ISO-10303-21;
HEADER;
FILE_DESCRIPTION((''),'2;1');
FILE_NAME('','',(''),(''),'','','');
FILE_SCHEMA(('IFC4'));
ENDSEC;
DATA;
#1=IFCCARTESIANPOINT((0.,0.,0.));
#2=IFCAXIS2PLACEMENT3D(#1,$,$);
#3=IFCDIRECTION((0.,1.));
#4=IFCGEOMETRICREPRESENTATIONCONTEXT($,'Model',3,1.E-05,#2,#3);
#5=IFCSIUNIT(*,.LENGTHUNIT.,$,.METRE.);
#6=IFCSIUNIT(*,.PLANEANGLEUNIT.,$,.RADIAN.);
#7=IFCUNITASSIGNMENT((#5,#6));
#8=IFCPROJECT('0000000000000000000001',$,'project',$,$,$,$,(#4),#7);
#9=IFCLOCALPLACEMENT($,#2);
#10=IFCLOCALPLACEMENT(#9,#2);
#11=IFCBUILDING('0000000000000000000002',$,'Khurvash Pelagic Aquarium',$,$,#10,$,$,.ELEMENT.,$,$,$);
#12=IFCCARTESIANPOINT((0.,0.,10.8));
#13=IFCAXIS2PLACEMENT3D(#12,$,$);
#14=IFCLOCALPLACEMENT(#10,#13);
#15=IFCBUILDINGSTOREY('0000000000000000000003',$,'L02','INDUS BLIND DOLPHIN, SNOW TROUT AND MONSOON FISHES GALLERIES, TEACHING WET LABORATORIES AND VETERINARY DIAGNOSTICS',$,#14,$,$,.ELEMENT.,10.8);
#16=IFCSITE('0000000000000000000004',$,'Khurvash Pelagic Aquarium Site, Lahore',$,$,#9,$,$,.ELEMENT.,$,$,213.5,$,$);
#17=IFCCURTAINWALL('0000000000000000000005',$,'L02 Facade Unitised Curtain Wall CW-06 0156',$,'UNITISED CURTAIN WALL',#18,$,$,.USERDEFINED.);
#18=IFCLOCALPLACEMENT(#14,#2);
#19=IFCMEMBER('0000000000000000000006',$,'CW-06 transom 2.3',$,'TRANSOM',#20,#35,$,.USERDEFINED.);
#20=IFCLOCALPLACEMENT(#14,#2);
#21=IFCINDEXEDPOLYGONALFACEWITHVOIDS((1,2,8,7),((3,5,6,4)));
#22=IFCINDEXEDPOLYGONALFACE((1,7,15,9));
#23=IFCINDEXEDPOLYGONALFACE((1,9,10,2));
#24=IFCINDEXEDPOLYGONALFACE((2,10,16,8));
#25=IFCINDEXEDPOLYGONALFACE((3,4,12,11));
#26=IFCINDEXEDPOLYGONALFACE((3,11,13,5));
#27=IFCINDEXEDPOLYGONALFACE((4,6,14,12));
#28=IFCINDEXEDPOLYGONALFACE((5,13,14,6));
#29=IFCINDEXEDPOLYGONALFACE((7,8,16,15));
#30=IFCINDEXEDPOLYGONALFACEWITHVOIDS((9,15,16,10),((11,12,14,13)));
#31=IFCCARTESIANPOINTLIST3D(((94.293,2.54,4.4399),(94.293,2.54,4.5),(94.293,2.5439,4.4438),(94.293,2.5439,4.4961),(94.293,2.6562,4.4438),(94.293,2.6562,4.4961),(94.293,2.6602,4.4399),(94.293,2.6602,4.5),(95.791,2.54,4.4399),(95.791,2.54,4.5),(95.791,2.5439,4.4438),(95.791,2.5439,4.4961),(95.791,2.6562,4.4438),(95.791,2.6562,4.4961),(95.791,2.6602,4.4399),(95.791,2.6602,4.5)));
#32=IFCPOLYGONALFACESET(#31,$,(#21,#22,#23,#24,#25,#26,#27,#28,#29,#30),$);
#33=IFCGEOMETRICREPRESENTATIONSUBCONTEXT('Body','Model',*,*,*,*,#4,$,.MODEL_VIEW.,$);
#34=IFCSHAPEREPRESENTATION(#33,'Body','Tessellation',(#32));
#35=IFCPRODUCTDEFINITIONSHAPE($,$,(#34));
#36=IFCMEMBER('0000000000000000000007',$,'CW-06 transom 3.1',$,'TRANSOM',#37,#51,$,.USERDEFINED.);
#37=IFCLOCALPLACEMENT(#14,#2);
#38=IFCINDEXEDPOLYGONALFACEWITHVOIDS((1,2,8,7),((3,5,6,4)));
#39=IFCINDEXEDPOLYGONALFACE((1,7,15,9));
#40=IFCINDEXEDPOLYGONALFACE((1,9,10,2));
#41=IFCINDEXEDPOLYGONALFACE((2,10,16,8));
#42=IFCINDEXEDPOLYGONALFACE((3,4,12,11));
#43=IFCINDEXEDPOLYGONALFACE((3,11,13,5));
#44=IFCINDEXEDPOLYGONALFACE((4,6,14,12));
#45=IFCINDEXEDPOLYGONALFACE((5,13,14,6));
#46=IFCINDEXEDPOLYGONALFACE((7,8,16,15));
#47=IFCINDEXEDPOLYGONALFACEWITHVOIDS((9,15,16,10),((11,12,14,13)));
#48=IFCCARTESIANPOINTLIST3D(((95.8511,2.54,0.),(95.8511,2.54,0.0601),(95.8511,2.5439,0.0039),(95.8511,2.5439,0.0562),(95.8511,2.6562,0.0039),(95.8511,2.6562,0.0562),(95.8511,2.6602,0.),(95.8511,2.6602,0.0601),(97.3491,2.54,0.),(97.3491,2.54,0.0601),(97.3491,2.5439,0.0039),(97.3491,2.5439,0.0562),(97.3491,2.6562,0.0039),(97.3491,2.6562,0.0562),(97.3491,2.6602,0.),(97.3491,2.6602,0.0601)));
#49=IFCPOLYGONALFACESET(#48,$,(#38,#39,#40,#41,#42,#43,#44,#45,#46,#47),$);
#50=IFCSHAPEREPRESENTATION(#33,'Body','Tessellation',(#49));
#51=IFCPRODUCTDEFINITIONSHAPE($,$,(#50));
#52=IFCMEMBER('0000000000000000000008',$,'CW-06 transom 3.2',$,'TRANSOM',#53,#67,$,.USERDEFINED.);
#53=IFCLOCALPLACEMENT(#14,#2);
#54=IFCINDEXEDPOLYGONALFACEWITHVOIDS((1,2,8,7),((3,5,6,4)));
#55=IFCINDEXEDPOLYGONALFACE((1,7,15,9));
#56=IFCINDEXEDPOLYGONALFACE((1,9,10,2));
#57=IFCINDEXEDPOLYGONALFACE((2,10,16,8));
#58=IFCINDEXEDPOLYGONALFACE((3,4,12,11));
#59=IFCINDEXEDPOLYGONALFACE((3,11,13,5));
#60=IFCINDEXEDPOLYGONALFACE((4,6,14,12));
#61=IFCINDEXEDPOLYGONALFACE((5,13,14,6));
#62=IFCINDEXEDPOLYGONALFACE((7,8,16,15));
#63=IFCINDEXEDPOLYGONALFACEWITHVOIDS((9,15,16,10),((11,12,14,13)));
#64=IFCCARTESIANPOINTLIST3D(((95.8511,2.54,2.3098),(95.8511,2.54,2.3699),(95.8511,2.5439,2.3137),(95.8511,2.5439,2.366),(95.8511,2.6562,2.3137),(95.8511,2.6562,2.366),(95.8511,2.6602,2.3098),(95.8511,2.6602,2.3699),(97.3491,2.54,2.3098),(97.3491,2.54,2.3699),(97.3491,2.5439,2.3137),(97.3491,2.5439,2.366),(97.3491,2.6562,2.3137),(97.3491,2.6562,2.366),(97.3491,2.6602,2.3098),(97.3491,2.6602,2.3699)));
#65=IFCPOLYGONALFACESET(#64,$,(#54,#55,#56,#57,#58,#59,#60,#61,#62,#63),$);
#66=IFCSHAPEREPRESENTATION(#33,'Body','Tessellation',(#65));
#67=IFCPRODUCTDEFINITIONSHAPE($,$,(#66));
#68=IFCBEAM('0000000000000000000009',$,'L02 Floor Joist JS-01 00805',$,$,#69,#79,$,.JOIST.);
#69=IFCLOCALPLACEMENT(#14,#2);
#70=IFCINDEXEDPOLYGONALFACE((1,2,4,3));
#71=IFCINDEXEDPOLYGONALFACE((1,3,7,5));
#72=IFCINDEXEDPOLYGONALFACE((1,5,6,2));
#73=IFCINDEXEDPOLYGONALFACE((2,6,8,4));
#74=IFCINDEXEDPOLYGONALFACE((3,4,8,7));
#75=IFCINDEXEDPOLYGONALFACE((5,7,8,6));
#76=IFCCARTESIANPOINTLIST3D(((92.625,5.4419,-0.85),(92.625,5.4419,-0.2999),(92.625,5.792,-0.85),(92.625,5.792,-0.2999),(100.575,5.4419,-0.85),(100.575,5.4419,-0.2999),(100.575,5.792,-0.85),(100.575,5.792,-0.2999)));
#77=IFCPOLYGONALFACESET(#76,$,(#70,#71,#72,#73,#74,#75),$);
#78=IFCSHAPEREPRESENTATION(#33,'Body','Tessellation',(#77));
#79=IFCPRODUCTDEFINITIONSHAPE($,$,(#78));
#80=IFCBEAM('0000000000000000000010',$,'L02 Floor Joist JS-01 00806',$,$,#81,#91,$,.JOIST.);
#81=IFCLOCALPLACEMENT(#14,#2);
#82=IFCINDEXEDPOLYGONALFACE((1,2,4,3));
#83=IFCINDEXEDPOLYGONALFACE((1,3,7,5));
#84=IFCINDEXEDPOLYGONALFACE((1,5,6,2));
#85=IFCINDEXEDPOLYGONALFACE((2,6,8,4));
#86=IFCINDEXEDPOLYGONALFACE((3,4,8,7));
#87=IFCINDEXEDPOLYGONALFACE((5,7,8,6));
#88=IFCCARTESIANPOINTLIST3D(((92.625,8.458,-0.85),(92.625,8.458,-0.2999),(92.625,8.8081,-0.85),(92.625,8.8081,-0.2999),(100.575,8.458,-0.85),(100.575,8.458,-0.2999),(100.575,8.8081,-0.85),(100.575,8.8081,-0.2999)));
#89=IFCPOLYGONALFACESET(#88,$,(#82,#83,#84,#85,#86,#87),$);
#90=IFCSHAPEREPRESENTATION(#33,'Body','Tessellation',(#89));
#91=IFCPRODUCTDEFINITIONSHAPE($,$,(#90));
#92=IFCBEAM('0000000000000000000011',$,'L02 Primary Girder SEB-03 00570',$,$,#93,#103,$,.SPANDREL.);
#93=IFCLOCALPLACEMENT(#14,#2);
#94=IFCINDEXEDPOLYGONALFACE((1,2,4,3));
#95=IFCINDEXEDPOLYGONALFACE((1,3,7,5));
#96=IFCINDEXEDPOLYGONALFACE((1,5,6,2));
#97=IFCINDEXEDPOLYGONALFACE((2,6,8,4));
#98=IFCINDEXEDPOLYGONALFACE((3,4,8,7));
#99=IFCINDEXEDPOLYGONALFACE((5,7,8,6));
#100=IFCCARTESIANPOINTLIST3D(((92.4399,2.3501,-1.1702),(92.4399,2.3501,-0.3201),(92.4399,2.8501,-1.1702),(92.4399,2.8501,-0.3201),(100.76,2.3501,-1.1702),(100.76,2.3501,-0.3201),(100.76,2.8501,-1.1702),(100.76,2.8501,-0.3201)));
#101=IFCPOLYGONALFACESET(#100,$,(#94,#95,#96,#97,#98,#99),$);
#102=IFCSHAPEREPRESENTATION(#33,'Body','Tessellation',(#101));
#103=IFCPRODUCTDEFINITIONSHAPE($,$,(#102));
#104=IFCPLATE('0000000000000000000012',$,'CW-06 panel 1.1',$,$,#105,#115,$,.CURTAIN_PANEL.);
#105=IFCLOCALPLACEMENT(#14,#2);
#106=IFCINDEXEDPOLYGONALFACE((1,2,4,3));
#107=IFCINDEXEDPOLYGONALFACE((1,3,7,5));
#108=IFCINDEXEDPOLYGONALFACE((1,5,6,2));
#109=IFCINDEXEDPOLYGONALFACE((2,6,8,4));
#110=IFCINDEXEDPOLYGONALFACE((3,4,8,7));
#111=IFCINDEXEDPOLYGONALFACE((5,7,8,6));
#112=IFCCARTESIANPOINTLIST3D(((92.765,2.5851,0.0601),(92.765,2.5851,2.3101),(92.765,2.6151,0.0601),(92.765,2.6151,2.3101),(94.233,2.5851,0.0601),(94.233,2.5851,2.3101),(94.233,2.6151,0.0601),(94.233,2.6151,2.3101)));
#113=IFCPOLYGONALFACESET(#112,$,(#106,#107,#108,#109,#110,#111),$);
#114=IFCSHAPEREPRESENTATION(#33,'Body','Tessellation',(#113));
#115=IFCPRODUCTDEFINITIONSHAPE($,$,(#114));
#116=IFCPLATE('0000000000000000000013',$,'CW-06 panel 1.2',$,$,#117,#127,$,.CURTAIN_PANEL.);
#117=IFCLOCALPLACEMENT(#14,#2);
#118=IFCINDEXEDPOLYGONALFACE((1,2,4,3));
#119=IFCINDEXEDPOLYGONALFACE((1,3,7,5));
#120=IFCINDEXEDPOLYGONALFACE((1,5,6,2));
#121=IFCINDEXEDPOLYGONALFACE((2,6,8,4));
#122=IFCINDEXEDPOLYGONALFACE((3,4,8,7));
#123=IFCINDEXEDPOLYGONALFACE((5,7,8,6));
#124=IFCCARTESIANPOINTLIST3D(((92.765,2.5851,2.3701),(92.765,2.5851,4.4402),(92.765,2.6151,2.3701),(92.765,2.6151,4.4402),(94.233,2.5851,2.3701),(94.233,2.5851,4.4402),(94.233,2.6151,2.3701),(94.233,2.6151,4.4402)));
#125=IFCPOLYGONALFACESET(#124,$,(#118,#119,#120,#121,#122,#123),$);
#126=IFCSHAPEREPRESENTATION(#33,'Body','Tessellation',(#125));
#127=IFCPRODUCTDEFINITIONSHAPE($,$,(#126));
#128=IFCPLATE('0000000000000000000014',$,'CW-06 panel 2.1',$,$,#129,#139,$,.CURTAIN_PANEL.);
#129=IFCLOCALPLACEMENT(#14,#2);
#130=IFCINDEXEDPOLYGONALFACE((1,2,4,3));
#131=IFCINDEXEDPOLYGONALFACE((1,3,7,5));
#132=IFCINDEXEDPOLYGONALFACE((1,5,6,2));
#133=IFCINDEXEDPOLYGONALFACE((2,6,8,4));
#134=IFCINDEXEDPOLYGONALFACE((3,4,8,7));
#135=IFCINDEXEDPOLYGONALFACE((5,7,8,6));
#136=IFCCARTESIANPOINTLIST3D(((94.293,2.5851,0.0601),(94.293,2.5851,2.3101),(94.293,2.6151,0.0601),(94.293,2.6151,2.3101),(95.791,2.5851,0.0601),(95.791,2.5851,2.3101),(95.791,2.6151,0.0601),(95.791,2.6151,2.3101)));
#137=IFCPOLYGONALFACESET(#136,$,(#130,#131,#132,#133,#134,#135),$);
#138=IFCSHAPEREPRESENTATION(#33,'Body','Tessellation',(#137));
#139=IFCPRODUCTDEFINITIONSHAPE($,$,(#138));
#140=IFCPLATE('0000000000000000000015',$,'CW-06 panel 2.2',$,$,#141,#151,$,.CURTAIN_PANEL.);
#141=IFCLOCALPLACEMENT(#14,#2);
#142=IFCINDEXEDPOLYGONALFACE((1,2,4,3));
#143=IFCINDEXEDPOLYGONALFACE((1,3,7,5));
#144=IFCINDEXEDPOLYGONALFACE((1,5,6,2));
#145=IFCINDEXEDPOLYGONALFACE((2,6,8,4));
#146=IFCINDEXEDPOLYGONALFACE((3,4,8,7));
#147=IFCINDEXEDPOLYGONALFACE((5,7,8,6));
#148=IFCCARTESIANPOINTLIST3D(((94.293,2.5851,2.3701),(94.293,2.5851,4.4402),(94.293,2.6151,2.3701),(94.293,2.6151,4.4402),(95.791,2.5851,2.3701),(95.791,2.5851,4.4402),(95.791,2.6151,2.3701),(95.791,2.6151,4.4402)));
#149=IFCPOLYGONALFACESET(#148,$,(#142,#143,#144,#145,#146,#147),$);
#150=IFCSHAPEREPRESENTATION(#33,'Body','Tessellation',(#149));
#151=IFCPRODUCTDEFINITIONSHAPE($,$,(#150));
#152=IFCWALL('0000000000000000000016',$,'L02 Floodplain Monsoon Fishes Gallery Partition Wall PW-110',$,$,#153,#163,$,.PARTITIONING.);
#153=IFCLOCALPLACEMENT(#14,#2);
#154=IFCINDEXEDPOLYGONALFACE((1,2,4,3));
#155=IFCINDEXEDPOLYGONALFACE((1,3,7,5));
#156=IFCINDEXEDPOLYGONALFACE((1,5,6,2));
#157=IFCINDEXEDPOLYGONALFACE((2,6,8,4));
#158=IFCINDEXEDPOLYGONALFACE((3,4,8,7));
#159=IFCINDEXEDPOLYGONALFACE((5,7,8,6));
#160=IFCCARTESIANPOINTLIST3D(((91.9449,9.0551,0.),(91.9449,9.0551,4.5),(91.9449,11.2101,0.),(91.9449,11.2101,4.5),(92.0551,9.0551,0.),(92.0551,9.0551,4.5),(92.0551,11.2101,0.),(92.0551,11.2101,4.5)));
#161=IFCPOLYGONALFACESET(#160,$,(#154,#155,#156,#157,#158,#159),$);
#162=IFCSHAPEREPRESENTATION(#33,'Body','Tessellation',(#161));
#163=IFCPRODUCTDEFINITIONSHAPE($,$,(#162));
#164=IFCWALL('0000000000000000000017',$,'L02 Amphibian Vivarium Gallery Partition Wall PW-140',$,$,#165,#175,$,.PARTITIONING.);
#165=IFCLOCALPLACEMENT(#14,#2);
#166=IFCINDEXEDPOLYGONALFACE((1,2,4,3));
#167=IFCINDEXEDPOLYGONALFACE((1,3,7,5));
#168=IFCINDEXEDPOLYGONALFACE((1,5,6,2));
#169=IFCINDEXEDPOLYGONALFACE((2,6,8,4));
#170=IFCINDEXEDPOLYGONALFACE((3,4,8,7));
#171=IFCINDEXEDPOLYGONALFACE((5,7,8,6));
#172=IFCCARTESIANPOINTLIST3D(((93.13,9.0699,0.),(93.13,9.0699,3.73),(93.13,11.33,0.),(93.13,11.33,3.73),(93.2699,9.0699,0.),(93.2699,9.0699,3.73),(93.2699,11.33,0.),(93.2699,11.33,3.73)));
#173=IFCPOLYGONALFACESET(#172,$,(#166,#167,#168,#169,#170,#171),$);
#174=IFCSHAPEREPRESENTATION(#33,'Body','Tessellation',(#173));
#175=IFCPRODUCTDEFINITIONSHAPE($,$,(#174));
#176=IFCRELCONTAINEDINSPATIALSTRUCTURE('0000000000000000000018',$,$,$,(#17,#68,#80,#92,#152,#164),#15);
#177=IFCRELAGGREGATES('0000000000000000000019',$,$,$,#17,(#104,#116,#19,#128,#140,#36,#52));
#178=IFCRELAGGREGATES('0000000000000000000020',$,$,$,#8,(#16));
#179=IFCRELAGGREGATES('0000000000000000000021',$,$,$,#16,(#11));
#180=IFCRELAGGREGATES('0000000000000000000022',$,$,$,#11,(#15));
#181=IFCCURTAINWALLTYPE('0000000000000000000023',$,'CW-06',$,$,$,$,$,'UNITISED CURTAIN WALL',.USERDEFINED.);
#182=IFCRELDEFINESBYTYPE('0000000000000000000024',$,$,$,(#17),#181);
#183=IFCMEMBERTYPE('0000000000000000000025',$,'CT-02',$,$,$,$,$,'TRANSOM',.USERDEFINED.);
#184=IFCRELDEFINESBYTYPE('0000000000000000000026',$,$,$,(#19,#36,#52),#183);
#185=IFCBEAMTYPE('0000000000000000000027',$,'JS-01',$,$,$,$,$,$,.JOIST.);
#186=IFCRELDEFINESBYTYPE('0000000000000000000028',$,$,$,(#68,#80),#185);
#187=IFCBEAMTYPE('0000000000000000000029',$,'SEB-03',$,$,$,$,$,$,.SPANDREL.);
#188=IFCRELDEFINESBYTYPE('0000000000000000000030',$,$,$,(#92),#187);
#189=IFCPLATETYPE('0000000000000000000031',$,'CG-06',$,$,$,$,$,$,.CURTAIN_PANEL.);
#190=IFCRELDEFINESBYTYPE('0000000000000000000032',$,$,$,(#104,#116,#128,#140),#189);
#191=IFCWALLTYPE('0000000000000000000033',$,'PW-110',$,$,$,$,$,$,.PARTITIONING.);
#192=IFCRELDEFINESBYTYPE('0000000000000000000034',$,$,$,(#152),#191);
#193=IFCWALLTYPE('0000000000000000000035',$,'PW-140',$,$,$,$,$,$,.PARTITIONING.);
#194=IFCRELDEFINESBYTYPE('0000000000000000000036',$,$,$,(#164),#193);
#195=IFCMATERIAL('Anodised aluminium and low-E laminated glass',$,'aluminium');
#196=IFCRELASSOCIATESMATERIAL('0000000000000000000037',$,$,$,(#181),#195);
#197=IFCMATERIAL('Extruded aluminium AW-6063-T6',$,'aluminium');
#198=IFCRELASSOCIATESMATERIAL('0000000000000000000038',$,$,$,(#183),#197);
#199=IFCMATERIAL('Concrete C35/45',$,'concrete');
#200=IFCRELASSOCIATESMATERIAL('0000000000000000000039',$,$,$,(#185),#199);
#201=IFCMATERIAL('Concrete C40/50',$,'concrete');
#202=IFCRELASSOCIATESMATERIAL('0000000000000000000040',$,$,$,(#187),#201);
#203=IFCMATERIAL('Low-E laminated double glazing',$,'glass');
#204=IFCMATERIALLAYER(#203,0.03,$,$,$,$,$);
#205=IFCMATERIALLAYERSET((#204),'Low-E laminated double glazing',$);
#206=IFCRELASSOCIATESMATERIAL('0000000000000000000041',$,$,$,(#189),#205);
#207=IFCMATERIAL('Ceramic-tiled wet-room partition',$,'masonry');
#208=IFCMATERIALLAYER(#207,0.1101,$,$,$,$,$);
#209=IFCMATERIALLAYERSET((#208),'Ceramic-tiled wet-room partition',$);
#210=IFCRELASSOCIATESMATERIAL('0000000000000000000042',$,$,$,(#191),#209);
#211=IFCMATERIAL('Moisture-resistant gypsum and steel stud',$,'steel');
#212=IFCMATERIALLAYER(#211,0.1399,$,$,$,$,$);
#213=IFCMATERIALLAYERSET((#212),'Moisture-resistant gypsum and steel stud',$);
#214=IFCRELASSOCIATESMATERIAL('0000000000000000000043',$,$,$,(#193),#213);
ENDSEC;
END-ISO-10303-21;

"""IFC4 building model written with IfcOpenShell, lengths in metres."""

from ifc_helpers import new_model, si_unit, direction, frame, frame_2d, origin, origin_2d, place, context, subcontext, project, spatial, rectangle, hollow_rectangle, extrude, material, layer, layer_set, material_profile, profile_set, type_object, element, aggregate, save


model = new_model("IFC4")

# Units and contexts
model_context = context("Model", 3, precision=1e-05, world=origin(), true_north=direction((0.0, 1.0)))
body_context = subcontext(model_context, "Body", "Model", "MODEL_VIEW")
ifc_project = project(units=[si_unit("LENGTHUNIT", "METRE"), si_unit("PLANEANGLEUNIT", "RADIAN")], contexts=[model_context])

# Site, building, storey
site_placement = place(None, origin())
site = spatial("IfcSite", under=ifc_project, at=site_placement, Name="Khurvash Pelagic Aquarium Site, Lahore", CompositionType="ELEMENT", RefElevation=213.5)
building_placement = place(site_placement, origin())
building = spatial("IfcBuilding", under=site, at=building_placement, Name="Khurvash Pelagic Aquarium", CompositionType="ELEMENT")
storey_placement = place(building_placement, frame((0.0, 0.0, 10.8)))
storey = spatial("IfcBuildingStorey", under=building, at=storey_placement, Name="L02", Description="INDUS BLIND DOLPHIN, SNOW TROUT AND MONSOON FISHES GALLERIES, TEACHING WET LABORATORIES AND VETERINARY DIAGNOSTICS", CompositionType="ELEMENT", Elevation=10.8)

# Shared definitions
ifc_material_1 = material(Name="Concrete C40/50", Category="concrete")

# Shared definitions
ifc_material_2 = material(Name="Concrete C35/45", Category="concrete")

# Shared definitions
ifc_material_3 = material(Name="Anodised aluminium and low-E laminated glass", Category="aluminium")
curtain_wall_type = type_object("IfcCurtainWallType", Name="CW-06", ElementType="UNITISED CURTAIN WALL", PredefinedType="USERDEFINED", material=ifc_material_3)
ifc_material_4 = material(Name="Extruded aluminium AW-6063-T6", Category="aluminium")

# Curtain wall, members
curtain_wall_1_placement = place(storey_placement, origin())
curtain_wall_1 = element("IfcCurtainWall", 1, at=curtain_wall_1_placement, inside=storey, type_object=curtain_wall_type, Name="L02 Facade Unitised Curtain Wall CW-06 0156", ObjectType="UNITISED CURTAIN WALL", PredefinedType="USERDEFINED")
ifc_material_profile_1 = material_profile(ifc_material_4, hollow_rectangle(XDim=0.1201, YDim=0.0601, WallThickness=0.0039, at=origin_2d()), Name="CWT120X60X4")
ifc_profile_set_1 = profile_set([ifc_material_profile_1], Name="Extruded aluminium AW-6063-T6")
member_type_1 = type_object("IfcMemberType", Name="CT-02", ElementType="TRANSOM", PredefinedType="USERDEFINED", material=ifc_profile_set_1)
member_1_placement = place(storey_placement, frame((94.293, 2.6001, 4.47), z_axis=(1.0, 0.0, 0.0), x_axis=(0.0, 1.0, 0.0)))
member_1 = element("IfcMember", 2, at=member_1_placement, type_object=member_type_1, Name="CW-06 transom 2.3", ObjectType="TRANSOM", PredefinedType="USERDEFINED", context=body_context, shape_type="SweptSolid", body=[
    extrude(hollow_rectangle(XDim=0.1201, YDim=0.0601, WallThickness=0.0039, at=origin_2d()), origin(), (0.0, 0.0, 1.0), 1.498),
])
member_2_placement = place(storey_placement, frame((95.8511, 2.6001, 0.03), z_axis=(1.0, 0.0, 0.0), x_axis=(0.0, 1.0, 0.0)))
member_2 = element("IfcMember", 3, at=member_2_placement, type_object=member_type_1, Name="CW-06 transom 3.1", ObjectType="TRANSOM", PredefinedType="USERDEFINED", context=body_context, shape_type="SweptSolid", body=[
    extrude(hollow_rectangle(XDim=0.1201, YDim=0.0601, WallThickness=0.0039, at=origin_2d()), origin(), (0.0, 0.0, 1.0), 1.498),
])
member_3_placement = place(storey_placement, frame((95.8511, 2.6001, 2.3398), z_axis=(1.0, 0.0, 0.0), x_axis=(0.0, 1.0, 0.0)))
member_3 = element("IfcMember", 4, at=member_3_placement, type_object=member_type_1, Name="CW-06 transom 3.2", ObjectType="TRANSOM", PredefinedType="USERDEFINED", context=body_context, shape_type="SweptSolid", body=[
    extrude(hollow_rectangle(XDim=0.1201, YDim=0.0601, WallThickness=0.0039, at=origin_2d()), origin(), (0.0, 0.0, 1.0), 1.498),
])

# Beams
ifc_material_profile_2 = material_profile(ifc_material_2, rectangle(XDim=0.3501, YDim=0.55, at=origin_2d()), Name="RC350X550")
ifc_profile_set_2 = profile_set([ifc_material_profile_2], Name="Concrete C35/45")
beam_type_1 = type_object("IfcBeamType", Name="JS-01", PredefinedType="JOIST", material=ifc_profile_set_2)
for number, where, z_axis, x_axis, name in (
    (5, (92.625, 5.6169, -0.575), (1.0, 0.0, 0.0), (0.0, 1.0, 0.0), "L02 Floor Joist JS-01 00805"),
    (6, (92.625, 8.6331, -0.575), (1.0, 0.0, 0.0), (0.0, 1.0, 0.0), "L02 Floor Joist JS-01 00806"),
):
    element("IfcBeam", number, at=place(storey_placement, frame(where, z_axis=z_axis, x_axis=x_axis)), inside=storey, type_object=beam_type_1, Name=name, PredefinedType="JOIST", context=body_context, shape_type="SweptSolid", body=[
        extrude(rectangle(XDim=0.3501, YDim=0.55, at=origin_2d()), origin(), (0.0, 0.0, 1.0), 7.95),
    ])
ifc_material_profile_3 = material_profile(ifc_material_1, rectangle(XDim=0.5, YDim=0.8501, at=origin_2d()), Name="RC500X850")
ifc_profile_set_3 = profile_set([ifc_material_profile_3], Name="Concrete C40/50")
beam_type_2 = type_object("IfcBeamType", Name="SEB-03", PredefinedType="SPANDREL", material=ifc_profile_set_3)
beam_1_placement = place(storey_placement, frame((92.4399, 2.6001, -0.7451), z_axis=(1.0, 0.0, 0.0), x_axis=(0.0, 1.0, 0.0)))
element("IfcBeam", 7, at=beam_1_placement, inside=storey, type_object=beam_type_2, Name="L02 Primary Girder SEB-03 00570", PredefinedType="SPANDREL", context=body_context, shape_type="SweptSolid", body=[
    extrude(rectangle(XDim=0.5, YDim=0.8501, at=origin_2d()), origin(), (0.0, 0.0, 1.0), 8.3201),
])

# Plates
ifc_material_5 = material(Name="Low-E laminated double glazing", Category="glass")
ifc_layer_1 = layer(ifc_material_5, 0.03)
ifc_layer_set_1 = layer_set([ifc_layer_1], Name="Low-E laminated double glazing")
plate_type = type_object("IfcPlateType", Name="CG-06", PredefinedType="CURTAIN_PANEL", material=ifc_layer_set_1)
plate_1_placement = place(storey_placement, frame((93.499, 2.6001, 0.0601), z_axis=(0.0, 0.0, 1.0), x_axis=(1.0, 0.0, 0.0)))
plate_1 = element("IfcPlate", 8, at=plate_1_placement, type_object=plate_type, Name="CW-06 panel 1.1", PredefinedType="CURTAIN_PANEL", context=body_context, shape_type="SweptSolid", body=[
    extrude(rectangle(XDim=1.468, YDim=0.03, at=origin_2d()), origin(), (0.0, 0.0, 1.0), 2.25),
])
plate_2_placement = place(storey_placement, frame((93.499, 2.6001, 2.3701), z_axis=(0.0, 0.0, 1.0), x_axis=(1.0, 0.0, 0.0)))
plate_2 = element("IfcPlate", 9, at=plate_2_placement, type_object=plate_type, Name="CW-06 panel 1.2", PredefinedType="CURTAIN_PANEL", context=body_context, shape_type="SweptSolid", body=[
    extrude(rectangle(XDim=1.468, YDim=0.03, at=origin_2d()), origin(), (0.0, 0.0, 1.0), 2.0701),
])
plate_3_placement = place(storey_placement, frame((95.042, 2.6001, 0.0601), z_axis=(0.0, 0.0, 1.0), x_axis=(1.0, 0.0, 0.0)))
plate_3 = element("IfcPlate", 10, at=plate_3_placement, type_object=plate_type, Name="CW-06 panel 2.1", PredefinedType="CURTAIN_PANEL", context=body_context, shape_type="SweptSolid", body=[
    extrude(rectangle(XDim=1.498, YDim=0.03, at=origin_2d()), origin(), (0.0, 0.0, 1.0), 2.25),
])
plate_4_placement = place(storey_placement, frame((95.042, 2.6001, 2.3701), z_axis=(0.0, 0.0, 1.0), x_axis=(1.0, 0.0, 0.0)))
plate_4 = element("IfcPlate", 11, at=plate_4_placement, type_object=plate_type, Name="CW-06 panel 2.2", PredefinedType="CURTAIN_PANEL", context=body_context, shape_type="SweptSolid", body=[
    extrude(rectangle(XDim=1.498, YDim=0.03, at=origin_2d()), origin(), (0.0, 0.0, 1.0), 2.0701),
])
aggregate(curtain_wall_1, [plate_1, plate_2, member_1, plate_3, plate_4, member_2, member_3])

# Wall
ifc_material_6 = material(Name="Ceramic-tiled wet-room partition", Category="masonry")
ifc_layer_2 = layer(ifc_material_6, 0.1101)
ifc_layer_set_2 = layer_set([ifc_layer_2], Name="Ceramic-tiled wet-room partition")
wall_type_1 = type_object("IfcWallType", Name="PW-110", PredefinedType="PARTITIONING", material=ifc_layer_set_2)
wall_1_placement = place(storey_placement, frame((92.0, 9.0549, 0.0), z_axis=(0.0, 0.0, 1.0), x_axis=(0.0, 1.0, 0.0)))
element("IfcWall", 12, at=wall_1_placement, inside=storey, type_object=wall_type_1, Name="L02 Floodplain Monsoon Fishes Gallery Partition Wall PW-110", PredefinedType="PARTITIONING", context=body_context, shape_type="SweptSolid", body=[
    extrude(rectangle(XDim=2.155, YDim=0.1101, at=frame_2d((1.0776, 0.0))), origin(), (0.0, 0.0, 1.0), 4.5),
])

# Shared definitions
ifc_material_7 = material(Name="Moisture-resistant gypsum and steel stud", Category="steel")
ifc_layer_3 = layer(ifc_material_7, 0.1399)
ifc_layer_set_3 = layer_set([ifc_layer_3], Name="Moisture-resistant gypsum and steel stud")
wall_type_2 = type_object("IfcWallType", Name="PW-140", PredefinedType="PARTITIONING", material=ifc_layer_set_3)

# Wall
wall_2_placement = place(storey_placement, frame((93.2, 9.0701, 0.0), z_axis=(0.0, 0.0, 1.0), x_axis=(0.0, 1.0, 0.0)))
element("IfcWall", 13, at=wall_2_placement, inside=storey, type_object=wall_type_2, Name="L02 Amphibian Vivarium Gallery Partition Wall PW-140", PredefinedType="PARTITIONING", context=body_context, shape_type="SweptSolid", body=[
    extrude(rectangle(XDim=2.26, YDim=0.1399, at=frame_2d((1.1299, 0.0))), origin(), (0.0, 0.0, 1.0), 3.73),
])

save(model, "model.ifc")
